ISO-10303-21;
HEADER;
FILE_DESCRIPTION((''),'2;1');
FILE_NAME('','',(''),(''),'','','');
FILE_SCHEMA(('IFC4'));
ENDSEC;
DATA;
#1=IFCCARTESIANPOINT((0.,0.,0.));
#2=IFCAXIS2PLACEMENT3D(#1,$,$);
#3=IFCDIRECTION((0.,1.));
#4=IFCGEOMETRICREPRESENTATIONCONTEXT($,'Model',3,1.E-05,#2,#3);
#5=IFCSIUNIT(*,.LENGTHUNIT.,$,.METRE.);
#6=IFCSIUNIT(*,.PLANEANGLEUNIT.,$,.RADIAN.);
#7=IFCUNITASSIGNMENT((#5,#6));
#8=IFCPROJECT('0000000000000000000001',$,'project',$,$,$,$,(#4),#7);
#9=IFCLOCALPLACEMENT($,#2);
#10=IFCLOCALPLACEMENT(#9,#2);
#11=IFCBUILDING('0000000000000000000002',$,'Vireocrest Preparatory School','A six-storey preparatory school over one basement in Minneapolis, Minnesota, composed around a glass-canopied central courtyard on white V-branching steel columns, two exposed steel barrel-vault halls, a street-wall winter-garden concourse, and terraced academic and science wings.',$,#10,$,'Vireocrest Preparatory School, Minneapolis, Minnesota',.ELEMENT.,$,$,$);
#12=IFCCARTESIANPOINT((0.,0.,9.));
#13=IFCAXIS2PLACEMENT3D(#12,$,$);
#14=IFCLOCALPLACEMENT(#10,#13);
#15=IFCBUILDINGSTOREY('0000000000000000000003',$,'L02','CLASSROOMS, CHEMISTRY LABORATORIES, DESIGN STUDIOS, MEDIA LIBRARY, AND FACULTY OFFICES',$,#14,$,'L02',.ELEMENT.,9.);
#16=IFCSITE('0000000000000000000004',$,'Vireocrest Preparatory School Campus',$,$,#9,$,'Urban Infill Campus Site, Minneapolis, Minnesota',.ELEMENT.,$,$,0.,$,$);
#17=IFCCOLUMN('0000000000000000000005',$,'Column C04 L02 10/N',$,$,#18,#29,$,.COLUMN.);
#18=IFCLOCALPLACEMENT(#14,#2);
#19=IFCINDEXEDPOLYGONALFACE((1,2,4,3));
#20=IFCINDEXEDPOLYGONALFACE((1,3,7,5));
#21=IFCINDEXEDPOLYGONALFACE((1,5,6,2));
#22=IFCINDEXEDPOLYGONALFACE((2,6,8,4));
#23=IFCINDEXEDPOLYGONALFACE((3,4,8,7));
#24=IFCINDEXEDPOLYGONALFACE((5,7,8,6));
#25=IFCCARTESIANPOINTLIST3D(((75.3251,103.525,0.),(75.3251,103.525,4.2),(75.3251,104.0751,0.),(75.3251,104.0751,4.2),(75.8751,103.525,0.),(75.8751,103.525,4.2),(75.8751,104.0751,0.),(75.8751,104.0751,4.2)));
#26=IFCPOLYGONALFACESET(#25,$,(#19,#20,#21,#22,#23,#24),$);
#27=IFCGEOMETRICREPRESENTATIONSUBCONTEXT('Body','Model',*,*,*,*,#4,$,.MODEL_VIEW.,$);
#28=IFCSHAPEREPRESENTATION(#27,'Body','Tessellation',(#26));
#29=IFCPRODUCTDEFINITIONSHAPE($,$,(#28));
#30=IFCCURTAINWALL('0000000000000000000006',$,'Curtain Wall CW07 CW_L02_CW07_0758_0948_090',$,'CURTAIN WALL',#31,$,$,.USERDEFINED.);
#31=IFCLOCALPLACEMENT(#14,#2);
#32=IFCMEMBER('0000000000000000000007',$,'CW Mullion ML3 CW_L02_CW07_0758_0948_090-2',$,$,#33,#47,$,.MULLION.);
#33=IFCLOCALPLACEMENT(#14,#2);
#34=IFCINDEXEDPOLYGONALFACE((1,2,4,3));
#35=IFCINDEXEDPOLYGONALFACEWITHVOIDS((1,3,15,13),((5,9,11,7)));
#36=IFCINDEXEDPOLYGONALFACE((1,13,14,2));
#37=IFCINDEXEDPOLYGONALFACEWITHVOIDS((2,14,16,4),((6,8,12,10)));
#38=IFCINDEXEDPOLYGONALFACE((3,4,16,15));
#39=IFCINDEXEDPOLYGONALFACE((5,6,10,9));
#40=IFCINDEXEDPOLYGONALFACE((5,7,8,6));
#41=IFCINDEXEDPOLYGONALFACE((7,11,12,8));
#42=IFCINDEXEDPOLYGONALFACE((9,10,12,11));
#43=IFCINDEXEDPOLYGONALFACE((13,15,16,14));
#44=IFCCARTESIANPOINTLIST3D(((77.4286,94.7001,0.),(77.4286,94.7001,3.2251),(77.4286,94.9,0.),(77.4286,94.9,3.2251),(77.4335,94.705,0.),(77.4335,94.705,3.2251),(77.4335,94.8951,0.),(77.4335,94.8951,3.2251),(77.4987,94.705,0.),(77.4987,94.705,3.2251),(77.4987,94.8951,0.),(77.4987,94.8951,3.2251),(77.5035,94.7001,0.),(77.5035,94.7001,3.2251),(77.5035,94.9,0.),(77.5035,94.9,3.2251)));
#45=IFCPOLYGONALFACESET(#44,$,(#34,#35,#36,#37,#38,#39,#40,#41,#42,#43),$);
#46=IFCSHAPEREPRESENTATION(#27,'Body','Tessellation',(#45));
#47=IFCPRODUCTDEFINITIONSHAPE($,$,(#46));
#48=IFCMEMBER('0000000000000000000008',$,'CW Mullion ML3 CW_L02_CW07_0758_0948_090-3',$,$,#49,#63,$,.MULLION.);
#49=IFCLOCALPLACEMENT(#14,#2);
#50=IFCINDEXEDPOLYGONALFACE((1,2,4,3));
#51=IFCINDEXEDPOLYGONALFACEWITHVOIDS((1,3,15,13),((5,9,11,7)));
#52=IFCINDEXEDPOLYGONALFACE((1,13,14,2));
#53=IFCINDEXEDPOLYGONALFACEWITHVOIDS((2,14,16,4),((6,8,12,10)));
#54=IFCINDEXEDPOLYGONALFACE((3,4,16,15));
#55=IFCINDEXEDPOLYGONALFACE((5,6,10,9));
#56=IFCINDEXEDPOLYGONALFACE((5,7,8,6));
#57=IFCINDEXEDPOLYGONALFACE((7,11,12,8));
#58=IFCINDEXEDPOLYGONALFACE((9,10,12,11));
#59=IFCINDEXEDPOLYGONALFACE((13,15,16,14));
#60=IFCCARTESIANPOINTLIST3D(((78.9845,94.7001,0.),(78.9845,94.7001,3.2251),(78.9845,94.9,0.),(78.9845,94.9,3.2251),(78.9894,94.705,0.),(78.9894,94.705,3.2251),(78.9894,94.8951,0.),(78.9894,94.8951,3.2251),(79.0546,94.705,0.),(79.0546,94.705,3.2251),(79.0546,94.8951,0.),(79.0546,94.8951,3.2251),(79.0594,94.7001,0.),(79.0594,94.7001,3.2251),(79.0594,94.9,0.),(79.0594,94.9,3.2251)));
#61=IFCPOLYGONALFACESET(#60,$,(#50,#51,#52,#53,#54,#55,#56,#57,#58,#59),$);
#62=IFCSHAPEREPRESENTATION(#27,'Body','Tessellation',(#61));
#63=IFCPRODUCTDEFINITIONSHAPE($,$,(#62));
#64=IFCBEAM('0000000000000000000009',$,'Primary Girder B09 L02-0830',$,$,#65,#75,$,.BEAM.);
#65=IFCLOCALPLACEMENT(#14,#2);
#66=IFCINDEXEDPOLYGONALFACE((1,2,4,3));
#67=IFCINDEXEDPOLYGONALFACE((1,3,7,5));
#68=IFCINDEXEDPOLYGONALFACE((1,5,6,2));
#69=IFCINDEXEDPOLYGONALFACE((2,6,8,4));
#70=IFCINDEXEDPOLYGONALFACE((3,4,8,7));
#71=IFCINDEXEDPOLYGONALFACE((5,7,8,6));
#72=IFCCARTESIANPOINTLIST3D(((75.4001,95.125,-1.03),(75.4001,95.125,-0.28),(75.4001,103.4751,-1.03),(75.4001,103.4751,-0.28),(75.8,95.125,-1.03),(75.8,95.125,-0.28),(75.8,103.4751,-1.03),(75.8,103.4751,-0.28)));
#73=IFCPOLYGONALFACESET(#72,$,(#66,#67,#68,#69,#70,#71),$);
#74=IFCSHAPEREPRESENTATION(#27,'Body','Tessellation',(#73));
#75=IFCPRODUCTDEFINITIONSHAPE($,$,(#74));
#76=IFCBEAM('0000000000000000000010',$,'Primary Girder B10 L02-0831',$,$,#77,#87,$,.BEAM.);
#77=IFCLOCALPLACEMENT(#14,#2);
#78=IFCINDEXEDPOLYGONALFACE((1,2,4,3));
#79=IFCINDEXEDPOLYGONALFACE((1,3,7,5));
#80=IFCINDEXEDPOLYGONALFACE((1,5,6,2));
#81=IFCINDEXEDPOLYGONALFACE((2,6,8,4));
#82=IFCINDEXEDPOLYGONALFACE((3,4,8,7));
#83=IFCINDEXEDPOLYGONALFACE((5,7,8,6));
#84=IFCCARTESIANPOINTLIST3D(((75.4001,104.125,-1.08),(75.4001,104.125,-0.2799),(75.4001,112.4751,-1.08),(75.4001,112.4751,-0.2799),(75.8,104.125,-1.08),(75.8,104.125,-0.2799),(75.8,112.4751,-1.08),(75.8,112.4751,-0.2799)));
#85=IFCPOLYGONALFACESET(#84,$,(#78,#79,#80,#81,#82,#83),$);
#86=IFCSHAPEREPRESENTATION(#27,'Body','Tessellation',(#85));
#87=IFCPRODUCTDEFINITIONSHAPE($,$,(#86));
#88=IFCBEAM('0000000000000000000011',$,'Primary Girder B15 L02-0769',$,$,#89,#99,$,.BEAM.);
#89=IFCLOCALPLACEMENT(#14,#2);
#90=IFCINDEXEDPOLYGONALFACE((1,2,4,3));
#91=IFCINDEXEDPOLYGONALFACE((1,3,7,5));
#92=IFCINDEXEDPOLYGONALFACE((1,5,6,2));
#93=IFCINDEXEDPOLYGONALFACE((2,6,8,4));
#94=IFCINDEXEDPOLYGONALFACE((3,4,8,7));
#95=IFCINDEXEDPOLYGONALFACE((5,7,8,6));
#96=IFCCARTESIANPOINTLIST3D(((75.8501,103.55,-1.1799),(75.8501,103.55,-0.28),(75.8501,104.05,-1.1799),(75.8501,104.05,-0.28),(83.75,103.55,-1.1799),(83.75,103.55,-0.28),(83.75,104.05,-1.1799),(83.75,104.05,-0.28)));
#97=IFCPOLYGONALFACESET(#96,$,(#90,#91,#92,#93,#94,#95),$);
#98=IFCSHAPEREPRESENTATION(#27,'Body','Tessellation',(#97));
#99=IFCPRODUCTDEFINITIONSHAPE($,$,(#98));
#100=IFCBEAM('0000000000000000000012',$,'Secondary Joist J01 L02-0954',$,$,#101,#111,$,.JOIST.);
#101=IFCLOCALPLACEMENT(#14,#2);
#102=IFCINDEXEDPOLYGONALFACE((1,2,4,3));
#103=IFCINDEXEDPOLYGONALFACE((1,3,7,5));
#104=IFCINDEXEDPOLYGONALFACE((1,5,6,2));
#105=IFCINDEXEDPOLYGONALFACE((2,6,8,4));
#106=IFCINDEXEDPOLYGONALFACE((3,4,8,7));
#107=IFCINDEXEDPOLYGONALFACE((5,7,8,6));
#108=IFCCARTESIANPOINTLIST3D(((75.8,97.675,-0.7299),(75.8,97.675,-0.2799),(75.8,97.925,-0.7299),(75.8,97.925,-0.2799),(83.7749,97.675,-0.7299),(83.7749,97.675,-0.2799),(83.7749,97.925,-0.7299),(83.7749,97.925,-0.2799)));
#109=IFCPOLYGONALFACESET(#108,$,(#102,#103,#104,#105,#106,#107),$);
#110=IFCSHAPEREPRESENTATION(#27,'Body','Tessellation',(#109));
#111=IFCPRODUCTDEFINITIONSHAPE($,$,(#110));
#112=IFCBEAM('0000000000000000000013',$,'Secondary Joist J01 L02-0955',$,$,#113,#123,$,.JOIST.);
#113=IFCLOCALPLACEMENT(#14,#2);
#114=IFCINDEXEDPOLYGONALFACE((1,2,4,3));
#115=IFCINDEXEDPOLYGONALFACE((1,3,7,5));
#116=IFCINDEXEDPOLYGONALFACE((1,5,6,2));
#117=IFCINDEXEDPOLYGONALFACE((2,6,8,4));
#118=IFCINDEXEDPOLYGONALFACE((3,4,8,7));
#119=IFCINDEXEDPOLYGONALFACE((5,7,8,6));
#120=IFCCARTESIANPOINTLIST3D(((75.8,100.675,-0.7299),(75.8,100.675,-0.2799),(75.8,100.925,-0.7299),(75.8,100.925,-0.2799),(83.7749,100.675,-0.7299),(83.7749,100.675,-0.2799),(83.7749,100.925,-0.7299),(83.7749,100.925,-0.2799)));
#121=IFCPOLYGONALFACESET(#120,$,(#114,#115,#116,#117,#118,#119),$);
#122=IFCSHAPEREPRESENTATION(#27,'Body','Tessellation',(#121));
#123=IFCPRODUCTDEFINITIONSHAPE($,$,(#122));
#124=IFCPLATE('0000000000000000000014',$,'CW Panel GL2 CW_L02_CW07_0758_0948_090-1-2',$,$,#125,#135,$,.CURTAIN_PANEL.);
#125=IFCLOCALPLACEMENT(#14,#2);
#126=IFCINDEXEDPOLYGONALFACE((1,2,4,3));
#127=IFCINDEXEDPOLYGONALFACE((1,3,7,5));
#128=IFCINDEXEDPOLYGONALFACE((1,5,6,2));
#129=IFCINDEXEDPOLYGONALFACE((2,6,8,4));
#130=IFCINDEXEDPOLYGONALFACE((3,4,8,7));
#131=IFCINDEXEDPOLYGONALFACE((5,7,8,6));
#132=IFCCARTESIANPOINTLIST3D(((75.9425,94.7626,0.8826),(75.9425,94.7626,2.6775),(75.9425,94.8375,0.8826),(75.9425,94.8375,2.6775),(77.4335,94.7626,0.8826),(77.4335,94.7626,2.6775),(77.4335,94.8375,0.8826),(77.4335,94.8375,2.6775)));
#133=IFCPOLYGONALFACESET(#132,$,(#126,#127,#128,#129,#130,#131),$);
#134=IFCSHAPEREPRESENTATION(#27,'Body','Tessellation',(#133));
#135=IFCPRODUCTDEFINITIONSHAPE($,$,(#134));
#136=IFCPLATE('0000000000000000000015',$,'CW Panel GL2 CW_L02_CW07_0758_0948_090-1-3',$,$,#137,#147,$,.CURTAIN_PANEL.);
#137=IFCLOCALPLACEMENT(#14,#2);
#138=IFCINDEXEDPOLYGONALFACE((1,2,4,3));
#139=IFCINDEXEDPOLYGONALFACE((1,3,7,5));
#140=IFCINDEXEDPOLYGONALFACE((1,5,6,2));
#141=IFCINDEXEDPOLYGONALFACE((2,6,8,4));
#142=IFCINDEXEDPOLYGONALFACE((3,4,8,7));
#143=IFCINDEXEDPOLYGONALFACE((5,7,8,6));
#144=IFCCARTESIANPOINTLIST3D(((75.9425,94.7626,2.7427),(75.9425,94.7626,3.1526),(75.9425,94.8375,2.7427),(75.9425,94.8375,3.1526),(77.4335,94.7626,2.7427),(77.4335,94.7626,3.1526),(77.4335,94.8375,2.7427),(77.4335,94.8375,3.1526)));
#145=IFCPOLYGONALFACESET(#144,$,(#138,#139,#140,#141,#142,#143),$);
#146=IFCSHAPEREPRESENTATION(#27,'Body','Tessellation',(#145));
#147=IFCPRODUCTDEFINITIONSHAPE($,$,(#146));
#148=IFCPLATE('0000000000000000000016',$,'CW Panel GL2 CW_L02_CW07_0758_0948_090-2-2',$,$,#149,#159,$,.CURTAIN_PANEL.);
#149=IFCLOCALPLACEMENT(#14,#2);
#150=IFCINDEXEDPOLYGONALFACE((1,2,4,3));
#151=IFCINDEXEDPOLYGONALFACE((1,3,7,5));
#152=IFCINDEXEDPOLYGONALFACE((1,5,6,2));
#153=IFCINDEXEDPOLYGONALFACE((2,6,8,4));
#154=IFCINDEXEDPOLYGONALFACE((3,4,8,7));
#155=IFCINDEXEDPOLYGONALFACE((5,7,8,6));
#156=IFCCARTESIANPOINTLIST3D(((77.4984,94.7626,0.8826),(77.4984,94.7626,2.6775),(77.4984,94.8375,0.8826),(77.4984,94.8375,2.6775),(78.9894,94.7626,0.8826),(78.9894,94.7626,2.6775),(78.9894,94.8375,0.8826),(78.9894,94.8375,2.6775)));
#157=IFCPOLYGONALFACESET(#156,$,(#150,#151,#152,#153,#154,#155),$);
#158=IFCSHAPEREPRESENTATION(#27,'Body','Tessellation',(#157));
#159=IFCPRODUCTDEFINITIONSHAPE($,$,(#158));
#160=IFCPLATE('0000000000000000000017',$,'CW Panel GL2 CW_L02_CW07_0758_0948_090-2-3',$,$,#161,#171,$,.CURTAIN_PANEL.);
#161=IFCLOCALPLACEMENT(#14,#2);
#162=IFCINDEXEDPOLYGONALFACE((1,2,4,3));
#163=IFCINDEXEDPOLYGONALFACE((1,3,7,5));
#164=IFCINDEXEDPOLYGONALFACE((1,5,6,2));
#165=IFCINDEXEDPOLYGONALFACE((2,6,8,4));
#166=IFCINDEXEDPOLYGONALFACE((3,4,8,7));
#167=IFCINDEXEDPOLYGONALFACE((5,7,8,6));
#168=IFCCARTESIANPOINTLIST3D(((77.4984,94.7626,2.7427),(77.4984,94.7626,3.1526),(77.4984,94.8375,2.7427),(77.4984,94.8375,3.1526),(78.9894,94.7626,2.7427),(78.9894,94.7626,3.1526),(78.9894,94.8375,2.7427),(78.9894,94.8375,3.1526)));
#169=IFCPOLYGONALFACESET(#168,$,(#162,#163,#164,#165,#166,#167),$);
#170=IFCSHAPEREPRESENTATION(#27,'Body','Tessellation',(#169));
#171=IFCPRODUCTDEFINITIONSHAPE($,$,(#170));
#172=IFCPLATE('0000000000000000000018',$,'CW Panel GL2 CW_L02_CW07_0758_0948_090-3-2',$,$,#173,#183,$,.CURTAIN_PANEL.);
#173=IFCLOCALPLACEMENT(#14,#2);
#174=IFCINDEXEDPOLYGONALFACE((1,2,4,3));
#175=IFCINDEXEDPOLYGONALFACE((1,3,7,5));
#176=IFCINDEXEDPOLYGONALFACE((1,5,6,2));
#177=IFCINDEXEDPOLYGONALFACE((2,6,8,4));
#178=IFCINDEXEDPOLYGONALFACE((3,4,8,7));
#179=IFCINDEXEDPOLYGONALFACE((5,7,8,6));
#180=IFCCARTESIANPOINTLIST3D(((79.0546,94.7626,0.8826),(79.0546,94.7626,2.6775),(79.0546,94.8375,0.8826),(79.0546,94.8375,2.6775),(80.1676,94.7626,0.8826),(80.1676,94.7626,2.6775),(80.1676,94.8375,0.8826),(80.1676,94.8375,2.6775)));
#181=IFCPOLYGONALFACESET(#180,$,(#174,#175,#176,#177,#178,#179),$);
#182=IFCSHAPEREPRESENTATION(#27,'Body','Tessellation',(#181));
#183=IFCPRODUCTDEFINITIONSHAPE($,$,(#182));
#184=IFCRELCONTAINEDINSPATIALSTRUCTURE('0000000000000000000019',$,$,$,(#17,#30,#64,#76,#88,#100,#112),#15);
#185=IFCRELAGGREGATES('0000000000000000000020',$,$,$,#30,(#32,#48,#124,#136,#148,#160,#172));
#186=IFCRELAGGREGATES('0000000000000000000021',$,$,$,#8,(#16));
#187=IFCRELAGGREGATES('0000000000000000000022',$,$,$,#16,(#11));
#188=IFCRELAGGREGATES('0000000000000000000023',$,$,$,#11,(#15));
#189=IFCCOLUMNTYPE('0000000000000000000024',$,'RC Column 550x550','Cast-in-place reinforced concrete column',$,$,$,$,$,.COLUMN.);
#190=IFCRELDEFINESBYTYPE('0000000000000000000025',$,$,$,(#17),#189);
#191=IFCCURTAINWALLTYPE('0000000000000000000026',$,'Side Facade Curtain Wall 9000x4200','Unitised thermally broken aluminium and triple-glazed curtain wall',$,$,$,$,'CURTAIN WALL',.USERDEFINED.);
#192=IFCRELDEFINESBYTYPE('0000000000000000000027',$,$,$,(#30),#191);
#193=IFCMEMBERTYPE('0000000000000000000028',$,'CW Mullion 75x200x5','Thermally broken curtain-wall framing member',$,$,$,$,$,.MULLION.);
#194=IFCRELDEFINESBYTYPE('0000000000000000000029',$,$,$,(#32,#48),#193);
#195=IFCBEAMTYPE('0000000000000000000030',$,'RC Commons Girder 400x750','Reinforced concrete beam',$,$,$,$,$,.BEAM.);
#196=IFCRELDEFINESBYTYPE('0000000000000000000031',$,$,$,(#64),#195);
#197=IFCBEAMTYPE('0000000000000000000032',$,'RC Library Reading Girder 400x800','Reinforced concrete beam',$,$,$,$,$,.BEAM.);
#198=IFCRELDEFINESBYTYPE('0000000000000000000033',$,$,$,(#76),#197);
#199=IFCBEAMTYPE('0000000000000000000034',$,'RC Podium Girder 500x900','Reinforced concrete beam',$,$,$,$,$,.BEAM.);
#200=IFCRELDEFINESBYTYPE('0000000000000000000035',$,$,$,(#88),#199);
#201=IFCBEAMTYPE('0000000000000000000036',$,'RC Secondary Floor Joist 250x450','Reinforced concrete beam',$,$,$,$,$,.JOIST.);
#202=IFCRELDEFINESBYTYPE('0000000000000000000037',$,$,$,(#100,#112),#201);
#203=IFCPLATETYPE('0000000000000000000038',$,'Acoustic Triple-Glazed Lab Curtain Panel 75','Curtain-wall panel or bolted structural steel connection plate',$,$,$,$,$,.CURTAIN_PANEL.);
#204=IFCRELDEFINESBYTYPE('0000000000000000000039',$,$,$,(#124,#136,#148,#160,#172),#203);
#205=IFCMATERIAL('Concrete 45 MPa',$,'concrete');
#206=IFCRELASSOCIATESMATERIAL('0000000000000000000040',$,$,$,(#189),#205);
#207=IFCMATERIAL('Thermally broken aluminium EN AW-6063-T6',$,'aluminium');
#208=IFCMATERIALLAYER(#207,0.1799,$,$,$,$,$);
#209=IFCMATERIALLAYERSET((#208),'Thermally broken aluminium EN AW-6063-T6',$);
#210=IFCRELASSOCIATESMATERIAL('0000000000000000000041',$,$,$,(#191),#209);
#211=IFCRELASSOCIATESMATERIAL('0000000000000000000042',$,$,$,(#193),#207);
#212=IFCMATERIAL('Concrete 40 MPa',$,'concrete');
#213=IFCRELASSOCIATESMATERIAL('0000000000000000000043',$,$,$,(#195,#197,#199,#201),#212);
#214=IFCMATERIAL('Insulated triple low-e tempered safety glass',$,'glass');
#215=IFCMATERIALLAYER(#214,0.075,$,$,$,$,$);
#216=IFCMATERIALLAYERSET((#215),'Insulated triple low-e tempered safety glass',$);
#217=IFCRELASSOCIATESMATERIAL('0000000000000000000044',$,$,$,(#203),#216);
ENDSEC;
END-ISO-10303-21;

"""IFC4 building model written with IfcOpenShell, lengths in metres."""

from ifc_helpers import new_model, si_unit, direction, frame, origin, origin_2d, place, context, subcontext, project, spatial, rectangle, hollow_rectangle, extrude, material, layer, layer_set, material_profile, profile_set, type_object, element, aggregate, save


model = new_model("IFC4")

# Units and contexts
model_context = context("Model", 3, precision=1e-05, world=origin(), true_north=direction((0.0, 1.0)))
body_context = subcontext(model_context, "Body", "Model", "MODEL_VIEW")
ifc_project = project(units=[si_unit("LENGTHUNIT", "METRE"), si_unit("PLANEANGLEUNIT", "RADIAN")], contexts=[model_context])

# Site, building, storey
site_placement = place(None, origin())
site = spatial("IfcSite", under=ifc_project, at=site_placement, Name="Vireocrest Preparatory School Campus", LongName="Urban Infill Campus Site, Minneapolis, Minnesota", CompositionType="ELEMENT", RefElevation=0.0)
building_placement = place(site_placement, origin())
building = spatial("IfcBuilding", under=site, at=building_placement, Name="Vireocrest Preparatory School", Description="A six-storey preparatory school over one basement in Minneapolis, Minnesota, composed around a glass-canopied central courtyard on white V-branching steel columns, two exposed steel barrel-vault halls, a street-wall winter-garden concourse, and terraced academic and science wings.", LongName="Vireocrest Preparatory School, Minneapolis, Minnesota", CompositionType="ELEMENT")
storey_placement = place(building_placement, frame((0.0, 0.0, 9.0)))
storey = spatial("IfcBuildingStorey", under=building, at=storey_placement, Name="L02", Description="CLASSROOMS, CHEMISTRY LABORATORIES, DESIGN STUDIOS, MEDIA LIBRARY, AND FACULTY OFFICES", LongName="L02", CompositionType="ELEMENT", Elevation=9.0)

# Column
ifc_material_1 = material(Name="Concrete 45 MPa", Category="concrete")
ifc_material_profile_1 = material_profile(ifc_material_1, rectangle(XDim=0.55, YDim=0.55, at=origin_2d()), Name="RC 550x550")
ifc_profile_set_1 = profile_set([ifc_material_profile_1], Name="Concrete 45 MPa")
column_type = type_object("IfcColumnType", Name="RC Column 550x550", Description="Cast-in-place reinforced concrete column", PredefinedType="COLUMN", material=ifc_profile_set_1)
column_placement = place(storey_placement, frame((75.6001, 103.8, 0.0), z_axis=(0.0, 0.0, 1.0), x_axis=(1.0, 0.0, 0.0)))
element("IfcColumn", 1, at=column_placement, inside=storey, type_object=column_type, Name="Column C04 L02 10/N", PredefinedType="COLUMN", context=body_context, shape_type="SweptSolid", body=[
    extrude(rectangle(XDim=0.55, YDim=0.55, at=origin_2d()), origin(), (0.0, 0.0, 1.0), 4.2),
])

# Curtain wall, members
ifc_material_2 = material(Name="Thermally broken aluminium EN AW-6063-T6", Category="aluminium")
ifc_layer_1 = layer(ifc_material_2, 0.1799)
ifc_layer_set_1 = layer_set([ifc_layer_1], Name="Thermally broken aluminium EN AW-6063-T6")
curtain_wall_type = type_object("IfcCurtainWallType", Name="Side Facade Curtain Wall 9000x4200", Description="Unitised thermally broken aluminium and triple-glazed curtain wall", ElementType="CURTAIN WALL", PredefinedType="USERDEFINED", material=ifc_layer_set_1)
curtain_wall_placement = place(storey_placement, origin())
curtain_wall = element("IfcCurtainWall", 2, at=curtain_wall_placement, inside=storey, type_object=curtain_wall_type, Name="Curtain Wall CW07 CW_L02_CW07_0758_0948_090", ObjectType="CURTAIN WALL", PredefinedType="USERDEFINED")
ifc_material_profile_2 = material_profile(ifc_material_2, hollow_rectangle(XDim=0.075, YDim=0.2, WallThickness=0.0049, at=origin_2d()), Name="ALU 75x200x5")
ifc_profile_set_2 = profile_set([ifc_material_profile_2], Name="Thermally broken aluminium EN AW-6063-T6")
member_type = type_object("IfcMemberType", Name="CW Mullion 75x200x5", Description="Thermally broken curtain-wall framing member", PredefinedType="MULLION", material=ifc_profile_set_2)
member_1_placement = place(storey_placement, frame((77.4661, 94.8, 0.0), z_axis=(0.0, 0.0, 1.0), x_axis=(1.0, 0.0, 0.0)))
member_1 = element("IfcMember", 3, at=member_1_placement, type_object=member_type, Name="CW Mullion ML3 CW_L02_CW07_0758_0948_090-2", PredefinedType="MULLION", context=body_context, shape_type="SweptSolid", body=[
    extrude(hollow_rectangle(XDim=0.075, YDim=0.2, WallThickness=0.0049, at=origin_2d()), origin(), (0.0, 0.0, 1.0), 3.2251),
])
member_2_placement = place(storey_placement, frame((79.022, 94.8, 0.0), z_axis=(0.0, 0.0, 1.0), x_axis=(1.0, 0.0, 0.0)))
member_2 = element("IfcMember", 4, at=member_2_placement, type_object=member_type, Name="CW Mullion ML3 CW_L02_CW07_0758_0948_090-3", PredefinedType="MULLION", context=body_context, shape_type="SweptSolid", body=[
    extrude(hollow_rectangle(XDim=0.075, YDim=0.2, WallThickness=0.0049, at=origin_2d()), origin(), (0.0, 0.0, 1.0), 3.2251),
])

# Beams
ifc_material_3 = material(Name="Concrete 40 MPa", Category="concrete")
ifc_material_profile_3 = material_profile(ifc_material_3, rectangle(XDim=0.3999, YDim=0.75, at=origin_2d()), Name="RC 400x750")
ifc_profile_set_3 = profile_set([ifc_material_profile_3], Name="Concrete 40 MPa")
beam_type_1 = type_object("IfcBeamType", Name="RC Commons Girder 400x750", Description="Reinforced concrete beam", PredefinedType="BEAM", material=ifc_profile_set_3)
beam_1_placement = place(storey_placement, frame((75.6001, 95.125, -0.655), z_axis=(0.0, 1.0, 0.0), x_axis=(-1.0, 0.0, 0.0)))
element("IfcBeam", 5, at=beam_1_placement, inside=storey, type_object=beam_type_1, Name="Primary Girder B09 L02-0830", PredefinedType="BEAM", context=body_context, shape_type="SweptSolid", body=[
    extrude(rectangle(XDim=0.3999, YDim=0.75, at=origin_2d()), origin(), (0.0, 0.0, 1.0), 8.3501),
])
ifc_material_profile_4 = material_profile(ifc_material_3, rectangle(XDim=0.3999, YDim=0.8, at=origin_2d()), Name="RC 400x800")
ifc_profile_set_4 = profile_set([ifc_material_profile_4], Name="Concrete 40 MPa")
beam_type_2 = type_object("IfcBeamType", Name="RC Library Reading Girder 400x800", Description="Reinforced concrete beam", PredefinedType="BEAM", material=ifc_profile_set_4)
beam_2_placement = place(storey_placement, frame((75.6001, 104.125, -0.6799), z_axis=(0.0, 1.0, 0.0), x_axis=(-1.0, 0.0, 0.0)))
element("IfcBeam", 6, at=beam_2_placement, inside=storey, type_object=beam_type_2, Name="Primary Girder B10 L02-0831", PredefinedType="BEAM", context=body_context, shape_type="SweptSolid", body=[
    extrude(rectangle(XDim=0.3999, YDim=0.8, at=origin_2d()), origin(), (0.0, 0.0, 1.0), 8.3501),
])
ifc_material_profile_5 = material_profile(ifc_material_3, rectangle(XDim=0.5, YDim=0.8999, at=origin_2d()), Name="RC 500x900")
ifc_profile_set_5 = profile_set([ifc_material_profile_5], Name="Concrete 40 MPa")
beam_type_3 = type_object("IfcBeamType", Name="RC Podium Girder 500x900", Description="Reinforced concrete beam", PredefinedType="BEAM", material=ifc_profile_set_5)
beam_3_placement = place(storey_placement, frame((75.8501, 103.8, -0.73), z_axis=(1.0, 0.0, 0.0), x_axis=(0.0, 1.0, 0.0)))
element("IfcBeam", 7, at=beam_3_placement, inside=storey, type_object=beam_type_3, Name="Primary Girder B15 L02-0769", PredefinedType="BEAM", context=body_context, shape_type="SweptSolid", body=[
    extrude(rectangle(XDim=0.5, YDim=0.8999, at=origin_2d()), origin(), (0.0, 0.0, 1.0), 7.8999),
])
ifc_material_profile_6 = material_profile(ifc_material_3, rectangle(XDim=0.25, YDim=0.45, at=origin_2d()), Name="RC 250x450")
ifc_profile_set_6 = profile_set([ifc_material_profile_6], Name="Concrete 40 MPa")
beam_type_4 = type_object("IfcBeamType", Name="RC Secondary Floor Joist 250x450", Description="Reinforced concrete beam", PredefinedType="JOIST", material=ifc_profile_set_6)
for number, where, z_axis, x_axis, name in (
    (8, (75.8, 97.8, -0.5049), (1.0, 0.0, 0.0), (0.0, 1.0, 0.0), "Secondary Joist J01 L02-0954"),
    (9, (75.8, 100.8, -0.5049), (1.0, 0.0, 0.0), (0.0, 1.0, 0.0), "Secondary Joist J01 L02-0955"),
):
    element("IfcBeam", number, at=place(storey_placement, frame(where, z_axis=z_axis, x_axis=x_axis)), inside=storey, type_object=beam_type_4, Name=name, PredefinedType="JOIST", context=body_context, shape_type="SweptSolid", body=[
        extrude(rectangle(XDim=0.25, YDim=0.45, at=origin_2d()), origin(), (0.0, 0.0, 1.0), 7.9749),
    ])

# Plates
ifc_material_4 = material(Name="Insulated triple low-e tempered safety glass", Category="glass")
ifc_layer_2 = layer(ifc_material_4, 0.075)
ifc_layer_set_2 = layer_set([ifc_layer_2], Name="Insulated triple low-e tempered safety glass")
plate_type_1 = type_object("IfcPlateType", Name="Acoustic Triple-Glazed Lab Curtain Panel 75", Description="Curtain-wall panel or bolted structural steel connection plate", PredefinedType="CURTAIN_PANEL", material=ifc_layer_set_2)
plate_1_placement = place(storey_placement, frame((76.688, 94.8, 0.8826), z_axis=(0.0, 0.0, 1.0), x_axis=(1.0, 0.0, 0.0)))
plate_1 = element("IfcPlate", 10, at=plate_1_placement, type_object=plate_type_1, Name="CW Panel GL2 CW_L02_CW07_0758_0948_090-1-2", PredefinedType="CURTAIN_PANEL", context=body_context, shape_type="SweptSolid", body=[
    extrude(rectangle(XDim=1.491, YDim=0.075, at=origin_2d()), origin(), (0.0, 0.0, 1.0), 1.7949),
])
plate_2_placement = place(storey_placement, frame((76.688, 94.8, 2.7427), z_axis=(0.0, 0.0, 1.0), x_axis=(1.0, 0.0, 0.0)))
plate_2 = element("IfcPlate", 11, at=plate_2_placement, type_object=plate_type_1, Name="CW Panel GL2 CW_L02_CW07_0758_0948_090-1-3", PredefinedType="CURTAIN_PANEL", context=body_context, shape_type="SweptSolid", body=[
    extrude(rectangle(XDim=1.491, YDim=0.075, at=origin_2d()), origin(), (0.0, 0.0, 1.0), 0.4099),
])
plate_3_placement = place(storey_placement, frame((78.2439, 94.8, 0.8826), z_axis=(0.0, 0.0, 1.0), x_axis=(1.0, 0.0, 0.0)))
plate_3 = element("IfcPlate", 12, at=plate_3_placement, type_object=plate_type_1, Name="CW Panel GL2 CW_L02_CW07_0758_0948_090-2-2", PredefinedType="CURTAIN_PANEL", context=body_context, shape_type="SweptSolid", body=[
    extrude(rectangle(XDim=1.491, YDim=0.075, at=origin_2d()), origin(), (0.0, 0.0, 1.0), 1.7949),
])
plate_4_placement = place(storey_placement, frame((78.2439, 94.8, 2.7427), z_axis=(0.0, 0.0, 1.0), x_axis=(1.0, 0.0, 0.0)))
plate_4 = element("IfcPlate", 13, at=plate_4_placement, type_object=plate_type_1, Name="CW Panel GL2 CW_L02_CW07_0758_0948_090-2-3", PredefinedType="CURTAIN_PANEL", context=body_context, shape_type="SweptSolid", body=[
    extrude(rectangle(XDim=1.491, YDim=0.075, at=origin_2d()), origin(), (0.0, 0.0, 1.0), 0.4099),
])
plate_5_placement = place(storey_placement, frame((79.6111, 94.8, 0.8826), z_axis=(0.0, 0.0, 1.0), x_axis=(1.0, 0.0, 0.0)))
plate_5 = element("IfcPlate", 14, at=plate_5_placement, type_object=plate_type_1, Name="CW Panel GL2 CW_L02_CW07_0758_0948_090-3-2", PredefinedType="CURTAIN_PANEL", context=body_context, shape_type="SweptSolid", body=[
    extrude(rectangle(XDim=1.113, YDim=0.075, at=origin_2d()), origin(), (0.0, 0.0, 1.0), 1.7949),
])
aggregate(curtain_wall, [member_1, member_2, plate_1, plate_2, plate_3, plate_4, plate_5])

save(model, "model.ifc")
